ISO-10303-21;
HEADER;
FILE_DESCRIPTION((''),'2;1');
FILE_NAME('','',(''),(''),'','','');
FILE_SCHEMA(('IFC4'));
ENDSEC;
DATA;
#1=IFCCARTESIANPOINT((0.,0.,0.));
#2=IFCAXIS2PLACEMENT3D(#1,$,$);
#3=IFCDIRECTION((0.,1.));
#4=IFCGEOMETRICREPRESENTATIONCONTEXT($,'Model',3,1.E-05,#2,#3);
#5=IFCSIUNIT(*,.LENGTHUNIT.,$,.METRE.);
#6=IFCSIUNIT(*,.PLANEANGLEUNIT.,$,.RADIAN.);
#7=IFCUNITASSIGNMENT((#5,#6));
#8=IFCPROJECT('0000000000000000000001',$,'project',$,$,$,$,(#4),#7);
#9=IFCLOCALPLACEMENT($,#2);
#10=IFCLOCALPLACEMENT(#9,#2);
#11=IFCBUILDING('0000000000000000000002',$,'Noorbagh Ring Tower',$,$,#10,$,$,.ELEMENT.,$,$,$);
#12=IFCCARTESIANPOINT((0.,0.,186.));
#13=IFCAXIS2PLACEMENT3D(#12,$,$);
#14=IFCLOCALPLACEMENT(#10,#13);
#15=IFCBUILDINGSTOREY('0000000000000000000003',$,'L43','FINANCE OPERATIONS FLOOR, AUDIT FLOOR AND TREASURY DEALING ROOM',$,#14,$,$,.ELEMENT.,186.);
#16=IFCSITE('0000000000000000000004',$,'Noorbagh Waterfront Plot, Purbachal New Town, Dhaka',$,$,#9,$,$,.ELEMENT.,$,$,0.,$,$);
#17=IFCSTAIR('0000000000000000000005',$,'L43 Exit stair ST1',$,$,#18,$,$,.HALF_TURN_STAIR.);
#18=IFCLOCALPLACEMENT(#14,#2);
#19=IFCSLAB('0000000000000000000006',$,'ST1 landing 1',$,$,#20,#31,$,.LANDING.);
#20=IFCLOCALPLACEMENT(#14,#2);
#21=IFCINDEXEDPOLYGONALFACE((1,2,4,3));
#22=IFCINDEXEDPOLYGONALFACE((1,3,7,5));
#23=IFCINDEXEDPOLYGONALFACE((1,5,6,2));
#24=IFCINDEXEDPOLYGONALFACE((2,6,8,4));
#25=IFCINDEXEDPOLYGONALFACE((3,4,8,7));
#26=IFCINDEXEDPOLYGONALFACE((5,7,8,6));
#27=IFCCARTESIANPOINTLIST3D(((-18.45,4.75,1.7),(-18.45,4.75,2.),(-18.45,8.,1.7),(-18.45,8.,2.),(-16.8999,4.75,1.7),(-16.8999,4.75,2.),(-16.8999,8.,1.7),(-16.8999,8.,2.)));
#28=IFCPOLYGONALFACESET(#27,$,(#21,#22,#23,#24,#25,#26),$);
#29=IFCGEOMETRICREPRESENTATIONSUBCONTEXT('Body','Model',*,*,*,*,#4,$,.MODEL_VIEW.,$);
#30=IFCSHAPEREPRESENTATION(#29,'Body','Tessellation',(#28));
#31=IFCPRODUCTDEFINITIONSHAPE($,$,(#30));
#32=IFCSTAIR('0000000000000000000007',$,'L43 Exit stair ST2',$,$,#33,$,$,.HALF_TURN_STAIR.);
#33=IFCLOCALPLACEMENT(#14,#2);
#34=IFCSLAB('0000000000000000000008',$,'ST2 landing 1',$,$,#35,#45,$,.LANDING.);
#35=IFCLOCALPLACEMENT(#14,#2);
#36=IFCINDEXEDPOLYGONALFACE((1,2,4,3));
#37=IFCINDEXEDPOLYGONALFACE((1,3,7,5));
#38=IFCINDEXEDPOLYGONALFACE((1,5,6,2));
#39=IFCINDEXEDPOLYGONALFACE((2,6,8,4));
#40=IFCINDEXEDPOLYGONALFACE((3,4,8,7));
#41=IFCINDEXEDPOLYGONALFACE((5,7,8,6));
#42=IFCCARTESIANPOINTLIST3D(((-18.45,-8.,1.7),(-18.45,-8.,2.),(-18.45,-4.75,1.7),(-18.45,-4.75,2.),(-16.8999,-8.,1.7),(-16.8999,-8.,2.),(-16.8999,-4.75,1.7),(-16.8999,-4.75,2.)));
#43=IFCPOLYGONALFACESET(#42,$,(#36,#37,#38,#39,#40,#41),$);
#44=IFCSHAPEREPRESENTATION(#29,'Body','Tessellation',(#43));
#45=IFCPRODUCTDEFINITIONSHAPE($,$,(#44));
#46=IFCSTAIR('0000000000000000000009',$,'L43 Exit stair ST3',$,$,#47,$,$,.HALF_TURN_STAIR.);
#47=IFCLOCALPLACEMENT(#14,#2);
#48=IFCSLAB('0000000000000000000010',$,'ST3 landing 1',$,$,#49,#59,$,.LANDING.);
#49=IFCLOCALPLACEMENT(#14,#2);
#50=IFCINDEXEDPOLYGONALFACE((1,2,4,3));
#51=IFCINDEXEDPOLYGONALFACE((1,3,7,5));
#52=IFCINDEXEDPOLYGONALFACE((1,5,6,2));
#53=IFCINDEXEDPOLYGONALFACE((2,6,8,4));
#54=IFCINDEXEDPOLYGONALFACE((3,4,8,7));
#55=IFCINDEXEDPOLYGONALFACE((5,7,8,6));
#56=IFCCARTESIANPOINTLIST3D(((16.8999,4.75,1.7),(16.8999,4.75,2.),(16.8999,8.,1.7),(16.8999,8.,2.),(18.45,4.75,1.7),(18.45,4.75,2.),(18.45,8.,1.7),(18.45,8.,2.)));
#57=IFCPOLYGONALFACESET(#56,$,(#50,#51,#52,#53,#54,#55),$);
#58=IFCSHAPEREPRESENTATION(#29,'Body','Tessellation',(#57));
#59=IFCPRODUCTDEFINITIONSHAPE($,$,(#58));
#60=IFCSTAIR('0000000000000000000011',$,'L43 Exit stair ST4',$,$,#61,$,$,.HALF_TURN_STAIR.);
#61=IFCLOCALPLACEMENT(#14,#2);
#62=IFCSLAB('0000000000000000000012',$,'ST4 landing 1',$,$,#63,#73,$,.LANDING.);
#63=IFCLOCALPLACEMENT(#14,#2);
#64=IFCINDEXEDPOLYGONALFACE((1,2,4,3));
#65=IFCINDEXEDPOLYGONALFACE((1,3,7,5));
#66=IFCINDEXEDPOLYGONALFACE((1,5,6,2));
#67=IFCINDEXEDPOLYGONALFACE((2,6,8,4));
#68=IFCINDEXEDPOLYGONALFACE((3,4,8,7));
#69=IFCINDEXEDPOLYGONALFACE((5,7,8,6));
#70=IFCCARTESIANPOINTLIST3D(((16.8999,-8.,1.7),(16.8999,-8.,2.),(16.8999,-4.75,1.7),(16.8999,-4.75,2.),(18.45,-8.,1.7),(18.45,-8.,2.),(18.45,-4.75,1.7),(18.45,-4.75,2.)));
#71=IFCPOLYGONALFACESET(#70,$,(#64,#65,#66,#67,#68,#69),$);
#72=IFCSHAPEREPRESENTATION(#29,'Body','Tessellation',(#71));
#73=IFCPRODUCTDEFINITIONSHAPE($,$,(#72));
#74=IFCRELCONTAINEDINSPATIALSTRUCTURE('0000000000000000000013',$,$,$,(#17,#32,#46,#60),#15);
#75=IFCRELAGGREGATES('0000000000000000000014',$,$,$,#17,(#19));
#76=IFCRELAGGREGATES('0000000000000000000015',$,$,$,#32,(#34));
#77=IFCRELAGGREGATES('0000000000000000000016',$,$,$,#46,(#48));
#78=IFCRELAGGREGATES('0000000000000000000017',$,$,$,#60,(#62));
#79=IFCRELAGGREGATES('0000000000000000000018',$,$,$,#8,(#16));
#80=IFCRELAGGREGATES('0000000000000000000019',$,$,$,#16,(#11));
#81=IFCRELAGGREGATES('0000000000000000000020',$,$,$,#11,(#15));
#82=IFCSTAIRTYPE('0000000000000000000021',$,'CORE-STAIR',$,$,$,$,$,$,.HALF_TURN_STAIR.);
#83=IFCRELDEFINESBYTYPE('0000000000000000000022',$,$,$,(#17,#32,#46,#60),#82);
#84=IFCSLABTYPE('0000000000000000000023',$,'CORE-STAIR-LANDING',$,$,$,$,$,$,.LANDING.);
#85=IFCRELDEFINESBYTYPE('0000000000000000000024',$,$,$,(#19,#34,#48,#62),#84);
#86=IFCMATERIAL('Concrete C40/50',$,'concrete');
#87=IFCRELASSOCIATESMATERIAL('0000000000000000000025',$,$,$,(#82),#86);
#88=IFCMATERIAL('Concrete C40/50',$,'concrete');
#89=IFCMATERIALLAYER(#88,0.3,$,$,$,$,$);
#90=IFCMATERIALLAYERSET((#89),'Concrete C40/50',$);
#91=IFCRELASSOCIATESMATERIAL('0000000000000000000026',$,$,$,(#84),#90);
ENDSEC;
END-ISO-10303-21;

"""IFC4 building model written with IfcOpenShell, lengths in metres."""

from ifc_helpers import new_model, si_unit, direction, frame, origin, place, context, subcontext, project, spatial, polyline, outline, extrude, material, layer, layer_set, type_object, element, aggregate, save


model = new_model("IFC4")

# Units and contexts
model_context = context("Model", 3, precision=1e-05, world=origin(), true_north=direction((0.0, 1.0)))
body_context = subcontext(model_context, "Body", "Model", "MODEL_VIEW")
ifc_project = project(units=[si_unit("LENGTHUNIT", "METRE"), si_unit("PLANEANGLEUNIT", "RADIAN")], contexts=[model_context])

# Site, building, storey
site_placement = place(None, origin())
site = spatial("IfcSite", under=ifc_project, at=site_placement, Name="Noorbagh Waterfront Plot, Purbachal New Town, Dhaka", CompositionType="ELEMENT", RefElevation=0.0)
building_placement = place(site_placement, origin())
building = spatial("IfcBuilding", under=site, at=building_placement, Name="Noorbagh Ring Tower", CompositionType="ELEMENT")
storey_placement = place(building_placement, frame((0.0, 0.0, 186.0)))
storey = spatial("IfcBuildingStorey", under=building, at=storey_placement, Name="L43", Description="FINANCE OPERATIONS FLOOR, AUDIT FLOOR AND TREASURY DEALING ROOM", CompositionType="ELEMENT", Elevation=186.0)

# Stairs, slabs
ifc_material_1 = material(Name="Concrete C40/50", Category="concrete")
stair_type = type_object("IfcStairType", Name="CORE-STAIR", PredefinedType="HALF_TURN_STAIR", material=ifc_material_1)
stair_1_placement = place(storey_placement, origin())
stair_1 = element("IfcStair", 1, at=stair_1_placement, inside=storey, type_object=stair_type, Name="L43 Exit stair ST1", PredefinedType="HALF_TURN_STAIR")
ifc_material_2 = material(Name="Concrete C40/50", Category="concrete")
ifc_layer_1 = layer(ifc_material_2, 0.3)
ifc_layer_set_1 = layer_set([ifc_layer_1], Name="Concrete C40/50")
slab_type_1 = type_object("IfcSlabType", Name="CORE-STAIR-LANDING", PredefinedType="LANDING", material=ifc_layer_set_1)
slab_1_placement = place(storey_placement, frame((0.0, 0.0, 1.7)))
slab_1 = element("IfcSlab", 2, at=slab_1_placement, type_object=slab_type_1, Name="ST1 landing 1", PredefinedType="LANDING", context=body_context, shape_type="SweptSolid", body=[
    extrude(outline(polyline([(-18.45, 4.75), (-16.8999, 4.75), (-16.8999, 8.0), (-18.45, 8.0), (-18.45, 4.75)])), origin(), (0.0, 0.0, 1.0), 0.3),
])
aggregate(stair_1, [slab_1])
stair_2_placement = place(storey_placement, origin())
stair_2 = element("IfcStair", 3, at=stair_2_placement, inside=storey, type_object=stair_type, Name="L43 Exit stair ST2", PredefinedType="HALF_TURN_STAIR")
slab_2_placement = place(storey_placement, frame((0.0, 0.0, 1.7)))
slab_2 = element("IfcSlab", 4, at=slab_2_placement, type_object=slab_type_1, Name="ST2 landing 1", PredefinedType="LANDING", context=body_context, shape_type="SweptSolid", body=[
    extrude(outline(polyline([(-18.45, -8.0), (-16.8999, -8.0), (-16.8999, -4.75), (-18.45, -4.75), (-18.45, -8.0)])), origin(), (0.0, 0.0, 1.0), 0.3),
])
aggregate(stair_2, [slab_2])
stair_3_placement = place(storey_placement, origin())
stair_3 = element("IfcStair", 5, at=stair_3_placement, inside=storey, type_object=stair_type, Name="L43 Exit stair ST3", PredefinedType="HALF_TURN_STAIR")
slab_3_placement = place(storey_placement, frame((0.0, 0.0, 1.7)))
slab_3 = element("IfcSlab", 6, at=slab_3_placement, type_object=slab_type_1, Name="ST3 landing 1", PredefinedType="LANDING", context=body_context, shape_type="SweptSolid", body=[
    extrude(outline(polyline([(18.45, 8.0), (16.8999, 8.0), (16.8999, 4.75), (18.45, 4.75), (18.45, 8.0)])), origin(), (0.0, 0.0, 1.0), 0.3),
])
aggregate(stair_3, [slab_3])
stair_4_placement = place(storey_placement, origin())
stair_4 = element("IfcStair", 7, at=stair_4_placement, inside=storey, type_object=stair_type, Name="L43 Exit stair ST4", PredefinedType="HALF_TURN_STAIR")
slab_4_placement = place(storey_placement, frame((0.0, 0.0, 1.7)))
slab_4 = element("IfcSlab", 8, at=slab_4_placement, type_object=slab_type_1, Name="ST4 landing 1", PredefinedType="LANDING", context=body_context, shape_type="SweptSolid", body=[
    extrude(outline(polyline([(18.45, -4.75), (16.8999, -4.75), (16.8999, -8.0), (18.45, -8.0), (18.45, -4.75)])), origin(), (0.0, 0.0, 1.0), 0.3),
])
aggregate(stair_4, [slab_4])

save(model, "model.ifc")
